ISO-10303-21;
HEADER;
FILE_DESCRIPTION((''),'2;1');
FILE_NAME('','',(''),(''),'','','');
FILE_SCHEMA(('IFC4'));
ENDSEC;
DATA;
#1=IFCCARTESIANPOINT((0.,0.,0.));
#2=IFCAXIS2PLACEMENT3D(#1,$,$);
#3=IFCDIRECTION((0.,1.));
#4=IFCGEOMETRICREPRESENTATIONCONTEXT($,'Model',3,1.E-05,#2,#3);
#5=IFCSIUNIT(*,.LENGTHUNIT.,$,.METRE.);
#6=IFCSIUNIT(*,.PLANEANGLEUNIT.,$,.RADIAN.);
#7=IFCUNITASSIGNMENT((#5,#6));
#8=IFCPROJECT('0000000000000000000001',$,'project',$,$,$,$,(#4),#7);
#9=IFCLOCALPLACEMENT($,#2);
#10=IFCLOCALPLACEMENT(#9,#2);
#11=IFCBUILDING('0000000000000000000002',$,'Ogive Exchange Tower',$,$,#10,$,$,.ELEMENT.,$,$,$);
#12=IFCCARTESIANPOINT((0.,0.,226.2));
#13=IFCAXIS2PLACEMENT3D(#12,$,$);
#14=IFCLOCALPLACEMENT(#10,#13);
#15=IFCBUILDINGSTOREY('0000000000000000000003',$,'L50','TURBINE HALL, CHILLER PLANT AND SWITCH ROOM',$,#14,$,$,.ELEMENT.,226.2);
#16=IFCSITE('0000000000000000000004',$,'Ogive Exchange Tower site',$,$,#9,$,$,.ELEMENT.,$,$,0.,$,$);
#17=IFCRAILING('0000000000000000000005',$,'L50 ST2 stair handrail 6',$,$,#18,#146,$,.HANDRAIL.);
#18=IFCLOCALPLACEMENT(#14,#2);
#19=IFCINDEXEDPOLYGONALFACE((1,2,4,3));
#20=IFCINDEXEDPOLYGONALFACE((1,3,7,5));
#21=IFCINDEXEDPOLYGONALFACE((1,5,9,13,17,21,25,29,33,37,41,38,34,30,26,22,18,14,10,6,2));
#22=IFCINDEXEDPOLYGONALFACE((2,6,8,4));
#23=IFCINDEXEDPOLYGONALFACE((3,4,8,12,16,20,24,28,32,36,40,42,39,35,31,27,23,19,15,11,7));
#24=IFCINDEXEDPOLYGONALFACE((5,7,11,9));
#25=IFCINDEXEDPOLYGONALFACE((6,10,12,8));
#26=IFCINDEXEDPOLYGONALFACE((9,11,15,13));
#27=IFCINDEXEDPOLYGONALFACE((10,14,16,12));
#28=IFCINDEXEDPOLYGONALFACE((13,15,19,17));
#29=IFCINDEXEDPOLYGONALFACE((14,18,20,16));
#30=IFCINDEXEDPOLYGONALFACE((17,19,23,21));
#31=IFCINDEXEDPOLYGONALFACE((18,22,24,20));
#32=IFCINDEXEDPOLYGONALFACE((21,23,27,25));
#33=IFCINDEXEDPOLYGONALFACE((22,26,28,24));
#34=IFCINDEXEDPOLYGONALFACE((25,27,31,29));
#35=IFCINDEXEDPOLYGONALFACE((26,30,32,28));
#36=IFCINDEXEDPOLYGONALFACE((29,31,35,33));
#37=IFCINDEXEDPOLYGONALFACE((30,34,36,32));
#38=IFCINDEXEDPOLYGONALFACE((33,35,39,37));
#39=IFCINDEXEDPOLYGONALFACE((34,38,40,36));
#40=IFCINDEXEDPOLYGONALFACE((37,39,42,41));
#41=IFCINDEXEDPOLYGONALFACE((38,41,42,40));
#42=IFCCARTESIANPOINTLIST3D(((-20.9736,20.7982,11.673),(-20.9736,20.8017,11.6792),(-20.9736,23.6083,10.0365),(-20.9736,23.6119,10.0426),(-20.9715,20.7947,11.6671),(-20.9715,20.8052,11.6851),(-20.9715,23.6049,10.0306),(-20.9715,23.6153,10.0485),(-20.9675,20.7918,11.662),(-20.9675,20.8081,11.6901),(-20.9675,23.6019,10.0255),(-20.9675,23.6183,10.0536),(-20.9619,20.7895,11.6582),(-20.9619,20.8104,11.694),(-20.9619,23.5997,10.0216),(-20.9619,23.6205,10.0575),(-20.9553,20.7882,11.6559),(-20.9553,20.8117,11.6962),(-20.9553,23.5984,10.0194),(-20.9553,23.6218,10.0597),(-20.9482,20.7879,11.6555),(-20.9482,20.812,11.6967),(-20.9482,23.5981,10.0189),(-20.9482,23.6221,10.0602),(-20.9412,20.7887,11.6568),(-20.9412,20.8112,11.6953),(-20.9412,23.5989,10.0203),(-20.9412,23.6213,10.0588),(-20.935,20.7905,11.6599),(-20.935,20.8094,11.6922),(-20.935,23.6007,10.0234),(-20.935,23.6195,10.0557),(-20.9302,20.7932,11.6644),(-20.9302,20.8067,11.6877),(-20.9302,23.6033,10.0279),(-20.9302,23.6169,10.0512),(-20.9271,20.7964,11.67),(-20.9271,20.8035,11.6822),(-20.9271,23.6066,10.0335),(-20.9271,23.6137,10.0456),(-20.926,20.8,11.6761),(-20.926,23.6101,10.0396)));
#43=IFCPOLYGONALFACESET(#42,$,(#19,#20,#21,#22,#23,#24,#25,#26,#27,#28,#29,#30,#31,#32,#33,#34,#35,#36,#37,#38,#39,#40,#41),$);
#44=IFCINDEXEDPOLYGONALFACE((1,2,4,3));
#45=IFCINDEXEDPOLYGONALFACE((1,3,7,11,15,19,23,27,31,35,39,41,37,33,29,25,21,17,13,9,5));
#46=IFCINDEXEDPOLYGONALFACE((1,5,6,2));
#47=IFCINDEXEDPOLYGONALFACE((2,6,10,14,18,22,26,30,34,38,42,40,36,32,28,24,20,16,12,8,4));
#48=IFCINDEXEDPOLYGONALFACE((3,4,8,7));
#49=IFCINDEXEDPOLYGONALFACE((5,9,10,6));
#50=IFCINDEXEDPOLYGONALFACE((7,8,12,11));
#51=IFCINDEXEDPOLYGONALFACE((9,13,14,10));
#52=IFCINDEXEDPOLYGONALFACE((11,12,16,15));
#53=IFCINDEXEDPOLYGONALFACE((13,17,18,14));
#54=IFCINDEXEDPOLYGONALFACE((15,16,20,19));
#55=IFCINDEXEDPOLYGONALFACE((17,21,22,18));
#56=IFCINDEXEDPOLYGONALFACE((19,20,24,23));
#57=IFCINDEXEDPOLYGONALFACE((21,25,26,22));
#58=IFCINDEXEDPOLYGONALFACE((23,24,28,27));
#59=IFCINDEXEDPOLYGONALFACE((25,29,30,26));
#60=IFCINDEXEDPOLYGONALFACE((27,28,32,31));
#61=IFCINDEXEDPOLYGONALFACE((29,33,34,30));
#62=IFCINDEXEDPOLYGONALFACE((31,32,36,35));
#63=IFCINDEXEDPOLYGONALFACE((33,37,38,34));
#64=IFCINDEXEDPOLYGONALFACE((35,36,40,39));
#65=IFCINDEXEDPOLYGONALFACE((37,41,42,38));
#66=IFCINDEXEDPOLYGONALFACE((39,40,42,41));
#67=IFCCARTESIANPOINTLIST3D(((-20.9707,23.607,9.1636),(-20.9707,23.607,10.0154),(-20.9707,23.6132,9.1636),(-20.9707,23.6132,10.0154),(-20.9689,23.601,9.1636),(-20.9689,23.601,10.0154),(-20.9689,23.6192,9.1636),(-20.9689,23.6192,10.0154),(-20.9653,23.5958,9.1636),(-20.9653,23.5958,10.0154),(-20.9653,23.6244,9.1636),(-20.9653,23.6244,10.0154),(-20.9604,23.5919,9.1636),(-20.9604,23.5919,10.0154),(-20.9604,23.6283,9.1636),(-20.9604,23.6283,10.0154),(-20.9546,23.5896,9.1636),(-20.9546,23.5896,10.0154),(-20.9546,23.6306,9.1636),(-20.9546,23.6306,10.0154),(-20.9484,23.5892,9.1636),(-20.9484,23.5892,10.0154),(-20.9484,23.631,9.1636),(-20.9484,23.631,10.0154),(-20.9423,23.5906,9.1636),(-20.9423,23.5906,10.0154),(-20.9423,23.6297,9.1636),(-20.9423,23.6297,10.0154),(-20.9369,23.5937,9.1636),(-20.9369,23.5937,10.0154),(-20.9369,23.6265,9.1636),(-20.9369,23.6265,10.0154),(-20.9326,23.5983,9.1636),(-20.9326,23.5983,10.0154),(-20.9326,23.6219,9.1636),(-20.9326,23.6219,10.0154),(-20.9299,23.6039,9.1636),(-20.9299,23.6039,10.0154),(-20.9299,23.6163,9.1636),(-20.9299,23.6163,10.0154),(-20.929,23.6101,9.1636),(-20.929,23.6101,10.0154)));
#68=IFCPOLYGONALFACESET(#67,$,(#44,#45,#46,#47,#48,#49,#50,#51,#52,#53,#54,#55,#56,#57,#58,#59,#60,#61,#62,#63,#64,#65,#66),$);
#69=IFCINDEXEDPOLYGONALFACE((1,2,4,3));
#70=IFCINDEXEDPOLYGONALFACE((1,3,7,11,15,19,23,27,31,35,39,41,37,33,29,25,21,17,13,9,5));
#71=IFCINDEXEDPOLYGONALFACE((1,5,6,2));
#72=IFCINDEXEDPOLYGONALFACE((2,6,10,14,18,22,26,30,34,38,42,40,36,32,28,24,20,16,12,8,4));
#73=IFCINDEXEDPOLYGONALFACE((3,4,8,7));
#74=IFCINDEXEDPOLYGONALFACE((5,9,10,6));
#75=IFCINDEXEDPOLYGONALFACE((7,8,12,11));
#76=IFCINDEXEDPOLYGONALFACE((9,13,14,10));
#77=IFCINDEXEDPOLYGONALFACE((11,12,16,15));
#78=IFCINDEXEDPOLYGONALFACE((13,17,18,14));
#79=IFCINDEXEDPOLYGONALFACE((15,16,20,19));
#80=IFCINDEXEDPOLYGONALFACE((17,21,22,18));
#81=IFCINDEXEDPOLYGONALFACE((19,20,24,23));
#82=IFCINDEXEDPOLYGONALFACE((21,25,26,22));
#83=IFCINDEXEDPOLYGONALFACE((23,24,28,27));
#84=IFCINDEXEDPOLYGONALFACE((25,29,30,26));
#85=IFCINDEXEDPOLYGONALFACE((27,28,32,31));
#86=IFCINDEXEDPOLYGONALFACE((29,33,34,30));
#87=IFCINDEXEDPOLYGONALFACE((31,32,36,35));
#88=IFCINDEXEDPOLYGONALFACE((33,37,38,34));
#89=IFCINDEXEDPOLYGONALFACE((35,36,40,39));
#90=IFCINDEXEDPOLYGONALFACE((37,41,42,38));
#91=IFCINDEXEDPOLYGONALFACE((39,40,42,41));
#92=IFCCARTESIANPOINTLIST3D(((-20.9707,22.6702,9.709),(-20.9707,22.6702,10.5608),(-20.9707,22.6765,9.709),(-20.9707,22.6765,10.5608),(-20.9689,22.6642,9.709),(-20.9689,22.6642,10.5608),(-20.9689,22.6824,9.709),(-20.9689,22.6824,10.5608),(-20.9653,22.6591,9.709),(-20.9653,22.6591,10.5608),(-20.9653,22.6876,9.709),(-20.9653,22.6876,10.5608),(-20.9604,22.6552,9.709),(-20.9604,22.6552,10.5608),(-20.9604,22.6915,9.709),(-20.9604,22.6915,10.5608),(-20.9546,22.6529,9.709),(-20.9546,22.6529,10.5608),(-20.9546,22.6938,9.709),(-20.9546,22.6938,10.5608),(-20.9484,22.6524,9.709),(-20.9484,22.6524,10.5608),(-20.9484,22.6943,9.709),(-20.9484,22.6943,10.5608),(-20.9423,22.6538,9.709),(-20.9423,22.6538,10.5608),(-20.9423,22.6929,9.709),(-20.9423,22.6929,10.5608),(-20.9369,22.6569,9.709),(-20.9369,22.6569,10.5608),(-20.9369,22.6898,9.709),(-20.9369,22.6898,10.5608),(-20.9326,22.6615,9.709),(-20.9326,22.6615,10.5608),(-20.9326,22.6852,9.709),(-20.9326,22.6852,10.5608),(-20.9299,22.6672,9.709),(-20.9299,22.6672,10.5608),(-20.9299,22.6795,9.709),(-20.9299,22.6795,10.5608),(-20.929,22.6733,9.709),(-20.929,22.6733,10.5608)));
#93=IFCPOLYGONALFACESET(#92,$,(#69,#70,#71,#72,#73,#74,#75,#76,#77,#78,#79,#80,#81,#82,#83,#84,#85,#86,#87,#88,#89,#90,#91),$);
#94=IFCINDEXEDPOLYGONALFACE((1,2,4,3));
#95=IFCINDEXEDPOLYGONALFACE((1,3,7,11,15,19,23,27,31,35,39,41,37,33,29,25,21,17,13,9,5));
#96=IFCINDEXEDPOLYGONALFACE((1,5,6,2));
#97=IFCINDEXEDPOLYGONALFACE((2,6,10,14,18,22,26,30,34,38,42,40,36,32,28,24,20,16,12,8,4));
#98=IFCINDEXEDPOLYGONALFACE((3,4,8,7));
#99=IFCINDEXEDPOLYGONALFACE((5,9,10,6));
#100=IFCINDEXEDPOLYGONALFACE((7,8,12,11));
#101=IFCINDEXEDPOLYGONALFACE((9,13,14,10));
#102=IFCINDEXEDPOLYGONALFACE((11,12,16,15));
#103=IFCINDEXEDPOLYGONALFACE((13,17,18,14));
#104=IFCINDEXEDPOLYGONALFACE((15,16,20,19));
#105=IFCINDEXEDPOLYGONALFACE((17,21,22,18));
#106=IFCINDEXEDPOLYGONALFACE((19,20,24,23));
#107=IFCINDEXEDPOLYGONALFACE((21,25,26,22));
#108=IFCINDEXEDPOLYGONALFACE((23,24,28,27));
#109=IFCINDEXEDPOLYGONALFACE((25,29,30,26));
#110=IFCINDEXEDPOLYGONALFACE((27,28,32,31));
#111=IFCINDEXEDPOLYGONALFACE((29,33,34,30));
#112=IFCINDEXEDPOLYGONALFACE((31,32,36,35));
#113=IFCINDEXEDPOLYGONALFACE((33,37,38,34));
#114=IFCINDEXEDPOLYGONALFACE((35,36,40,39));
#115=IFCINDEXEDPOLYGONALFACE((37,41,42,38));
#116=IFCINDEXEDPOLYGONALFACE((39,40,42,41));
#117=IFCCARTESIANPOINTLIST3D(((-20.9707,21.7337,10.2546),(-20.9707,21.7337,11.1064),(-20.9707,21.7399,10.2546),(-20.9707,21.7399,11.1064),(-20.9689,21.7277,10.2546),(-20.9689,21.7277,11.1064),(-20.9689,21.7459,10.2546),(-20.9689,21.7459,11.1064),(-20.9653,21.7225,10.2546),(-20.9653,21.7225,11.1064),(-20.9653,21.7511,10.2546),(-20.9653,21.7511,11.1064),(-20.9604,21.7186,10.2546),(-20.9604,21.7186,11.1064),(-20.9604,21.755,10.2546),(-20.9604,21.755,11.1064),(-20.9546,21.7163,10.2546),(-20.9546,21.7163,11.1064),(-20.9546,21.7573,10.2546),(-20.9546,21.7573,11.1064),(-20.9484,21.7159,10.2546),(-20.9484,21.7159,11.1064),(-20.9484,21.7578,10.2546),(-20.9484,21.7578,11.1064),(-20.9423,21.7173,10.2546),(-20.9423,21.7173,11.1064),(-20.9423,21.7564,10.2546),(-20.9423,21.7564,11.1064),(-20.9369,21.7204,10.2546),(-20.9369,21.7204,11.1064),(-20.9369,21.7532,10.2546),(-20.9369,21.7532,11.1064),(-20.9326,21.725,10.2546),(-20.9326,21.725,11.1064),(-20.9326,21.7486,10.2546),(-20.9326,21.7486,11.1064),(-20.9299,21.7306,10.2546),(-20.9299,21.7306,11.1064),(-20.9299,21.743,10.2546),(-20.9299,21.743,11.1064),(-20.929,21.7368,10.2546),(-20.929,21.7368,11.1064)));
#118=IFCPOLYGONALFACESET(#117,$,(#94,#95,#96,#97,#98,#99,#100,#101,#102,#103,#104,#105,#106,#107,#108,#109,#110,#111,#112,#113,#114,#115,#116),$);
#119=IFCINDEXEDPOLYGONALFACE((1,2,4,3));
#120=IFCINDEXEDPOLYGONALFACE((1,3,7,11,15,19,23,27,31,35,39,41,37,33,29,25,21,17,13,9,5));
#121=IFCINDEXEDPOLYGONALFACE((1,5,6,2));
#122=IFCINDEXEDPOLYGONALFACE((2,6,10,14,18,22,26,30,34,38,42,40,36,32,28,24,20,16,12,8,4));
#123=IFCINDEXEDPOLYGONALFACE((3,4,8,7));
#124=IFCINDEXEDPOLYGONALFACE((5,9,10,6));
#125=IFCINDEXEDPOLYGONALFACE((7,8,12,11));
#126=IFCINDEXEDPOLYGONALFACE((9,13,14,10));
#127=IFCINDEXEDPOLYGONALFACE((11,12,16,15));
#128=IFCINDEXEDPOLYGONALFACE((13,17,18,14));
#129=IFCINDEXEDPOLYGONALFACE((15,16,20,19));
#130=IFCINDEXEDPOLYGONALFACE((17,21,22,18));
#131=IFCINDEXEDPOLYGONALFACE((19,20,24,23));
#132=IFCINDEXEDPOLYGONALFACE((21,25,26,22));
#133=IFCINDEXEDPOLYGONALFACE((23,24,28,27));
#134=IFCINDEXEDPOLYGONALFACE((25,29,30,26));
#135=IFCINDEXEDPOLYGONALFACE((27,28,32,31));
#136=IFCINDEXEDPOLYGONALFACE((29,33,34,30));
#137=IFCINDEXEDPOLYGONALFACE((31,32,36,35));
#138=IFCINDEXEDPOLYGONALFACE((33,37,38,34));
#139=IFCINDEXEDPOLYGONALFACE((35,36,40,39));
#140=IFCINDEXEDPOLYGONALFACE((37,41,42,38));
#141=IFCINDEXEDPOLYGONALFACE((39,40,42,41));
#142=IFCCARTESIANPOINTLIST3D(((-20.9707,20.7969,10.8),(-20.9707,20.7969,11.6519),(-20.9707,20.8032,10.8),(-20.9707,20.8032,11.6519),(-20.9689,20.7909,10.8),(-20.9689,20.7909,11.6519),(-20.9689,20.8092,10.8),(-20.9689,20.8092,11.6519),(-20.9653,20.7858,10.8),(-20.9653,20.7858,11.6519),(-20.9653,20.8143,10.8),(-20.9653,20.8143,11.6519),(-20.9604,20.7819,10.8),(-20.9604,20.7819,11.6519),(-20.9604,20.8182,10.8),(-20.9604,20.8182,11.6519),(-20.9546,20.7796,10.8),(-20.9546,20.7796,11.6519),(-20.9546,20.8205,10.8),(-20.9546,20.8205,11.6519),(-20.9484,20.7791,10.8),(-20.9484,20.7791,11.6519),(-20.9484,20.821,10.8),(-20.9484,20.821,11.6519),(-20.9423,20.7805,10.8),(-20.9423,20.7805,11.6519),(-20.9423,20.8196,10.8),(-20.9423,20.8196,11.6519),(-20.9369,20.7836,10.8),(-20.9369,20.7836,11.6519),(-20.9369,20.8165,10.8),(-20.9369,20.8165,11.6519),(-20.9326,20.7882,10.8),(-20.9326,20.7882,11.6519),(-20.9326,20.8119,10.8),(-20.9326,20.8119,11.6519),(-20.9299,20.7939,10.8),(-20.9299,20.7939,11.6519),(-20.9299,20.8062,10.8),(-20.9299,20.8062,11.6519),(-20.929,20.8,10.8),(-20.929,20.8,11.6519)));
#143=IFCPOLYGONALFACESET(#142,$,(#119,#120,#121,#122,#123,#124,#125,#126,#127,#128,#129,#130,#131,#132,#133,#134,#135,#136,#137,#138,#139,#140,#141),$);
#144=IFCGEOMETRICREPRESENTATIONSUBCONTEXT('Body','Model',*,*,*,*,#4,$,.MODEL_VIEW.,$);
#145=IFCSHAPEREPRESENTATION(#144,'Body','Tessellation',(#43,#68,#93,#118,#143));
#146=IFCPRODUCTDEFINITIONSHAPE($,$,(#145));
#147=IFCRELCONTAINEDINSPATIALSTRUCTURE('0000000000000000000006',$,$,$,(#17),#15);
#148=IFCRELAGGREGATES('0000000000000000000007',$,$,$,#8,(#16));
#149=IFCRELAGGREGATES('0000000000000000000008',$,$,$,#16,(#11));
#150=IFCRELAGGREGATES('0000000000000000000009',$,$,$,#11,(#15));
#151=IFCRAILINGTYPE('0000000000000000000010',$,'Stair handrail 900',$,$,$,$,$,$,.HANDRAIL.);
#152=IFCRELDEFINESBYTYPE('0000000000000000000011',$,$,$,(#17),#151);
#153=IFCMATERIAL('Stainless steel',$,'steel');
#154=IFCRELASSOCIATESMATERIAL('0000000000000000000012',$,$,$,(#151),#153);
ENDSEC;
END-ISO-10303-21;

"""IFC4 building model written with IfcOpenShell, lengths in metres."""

from ifc_helpers import new_model, si_unit, direction, frame, origin, origin_2d, place, context, subcontext, project, spatial, circle, extrude, material, type_object, element, save


model = new_model("IFC4")

# Units and contexts
model_context = context("Model", 3, precision=1e-05, world=origin(), true_north=direction((0.0, 1.0)))
body_context = subcontext(model_context, "Body", "Model", "MODEL_VIEW")
ifc_project = project(units=[si_unit("LENGTHUNIT", "METRE"), si_unit("PLANEANGLEUNIT", "RADIAN")], contexts=[model_context])

# Site, building, storey
site_placement = place(None, origin())
site = spatial("IfcSite", under=ifc_project, at=site_placement, Name="Ogive Exchange Tower site", CompositionType="ELEMENT", RefElevation=0.0)
building_placement = place(site_placement, origin())
building = spatial("IfcBuilding", under=site, at=building_placement, Name="Ogive Exchange Tower", CompositionType="ELEMENT")
storey_placement = place(building_placement, frame((0.0, 0.0, 226.2)))
storey = spatial("IfcBuildingStorey", under=building, at=storey_placement, Name="L50", Description="TURBINE HALL, CHILLER PLANT AND SWITCH ROOM", CompositionType="ELEMENT", Elevation=226.2)

# Railing
ifc_material_1 = material(Name="Stainless steel", Category="steel")
railing_type = type_object("IfcRailingType", Name="Stair handrail 900", PredefinedType="HANDRAIL", material=ifc_material_1)
railing_1_placement = place(storey_placement, frame((-20.95, 23.6101, 9.1636)))
element("IfcRailing", 1, at=railing_1_placement, inside=storey, type_object=railing_type, Name="L50 ST2 stair handrail 6", PredefinedType="HANDRAIL", context=body_context, shape_type="SweptSolid", body=[
    extrude(circle(Radius=0.0239, at=origin_2d()), frame((0.0, 0.0, 0.876), z_axis=(0.0, -0.864144, 0.503245), x_axis=(1.0, 0.0, 0.0)), (0.0, 0.0, 1.0), 3.252),
    extrude(circle(Radius=0.021, at=origin_2d()), origin(), (0.0, 0.0, 1.0), 0.8518),
    extrude(circle(Radius=0.021, at=origin_2d()), frame((0.0, -0.9368, 0.5454)), (0.0, 0.0, 1.0), 0.8518),
    extrude(circle(Radius=0.021, at=origin_2d()), frame((0.0, -1.8733, 1.0911)), (0.0, 0.0, 1.0), 0.8518),
    extrude(circle(Radius=0.021, at=origin_2d()), frame((0.0, -2.8101, 1.6365)), (0.0, 0.0, 1.0), 0.8518),
])

save(model, "model.ifc")
